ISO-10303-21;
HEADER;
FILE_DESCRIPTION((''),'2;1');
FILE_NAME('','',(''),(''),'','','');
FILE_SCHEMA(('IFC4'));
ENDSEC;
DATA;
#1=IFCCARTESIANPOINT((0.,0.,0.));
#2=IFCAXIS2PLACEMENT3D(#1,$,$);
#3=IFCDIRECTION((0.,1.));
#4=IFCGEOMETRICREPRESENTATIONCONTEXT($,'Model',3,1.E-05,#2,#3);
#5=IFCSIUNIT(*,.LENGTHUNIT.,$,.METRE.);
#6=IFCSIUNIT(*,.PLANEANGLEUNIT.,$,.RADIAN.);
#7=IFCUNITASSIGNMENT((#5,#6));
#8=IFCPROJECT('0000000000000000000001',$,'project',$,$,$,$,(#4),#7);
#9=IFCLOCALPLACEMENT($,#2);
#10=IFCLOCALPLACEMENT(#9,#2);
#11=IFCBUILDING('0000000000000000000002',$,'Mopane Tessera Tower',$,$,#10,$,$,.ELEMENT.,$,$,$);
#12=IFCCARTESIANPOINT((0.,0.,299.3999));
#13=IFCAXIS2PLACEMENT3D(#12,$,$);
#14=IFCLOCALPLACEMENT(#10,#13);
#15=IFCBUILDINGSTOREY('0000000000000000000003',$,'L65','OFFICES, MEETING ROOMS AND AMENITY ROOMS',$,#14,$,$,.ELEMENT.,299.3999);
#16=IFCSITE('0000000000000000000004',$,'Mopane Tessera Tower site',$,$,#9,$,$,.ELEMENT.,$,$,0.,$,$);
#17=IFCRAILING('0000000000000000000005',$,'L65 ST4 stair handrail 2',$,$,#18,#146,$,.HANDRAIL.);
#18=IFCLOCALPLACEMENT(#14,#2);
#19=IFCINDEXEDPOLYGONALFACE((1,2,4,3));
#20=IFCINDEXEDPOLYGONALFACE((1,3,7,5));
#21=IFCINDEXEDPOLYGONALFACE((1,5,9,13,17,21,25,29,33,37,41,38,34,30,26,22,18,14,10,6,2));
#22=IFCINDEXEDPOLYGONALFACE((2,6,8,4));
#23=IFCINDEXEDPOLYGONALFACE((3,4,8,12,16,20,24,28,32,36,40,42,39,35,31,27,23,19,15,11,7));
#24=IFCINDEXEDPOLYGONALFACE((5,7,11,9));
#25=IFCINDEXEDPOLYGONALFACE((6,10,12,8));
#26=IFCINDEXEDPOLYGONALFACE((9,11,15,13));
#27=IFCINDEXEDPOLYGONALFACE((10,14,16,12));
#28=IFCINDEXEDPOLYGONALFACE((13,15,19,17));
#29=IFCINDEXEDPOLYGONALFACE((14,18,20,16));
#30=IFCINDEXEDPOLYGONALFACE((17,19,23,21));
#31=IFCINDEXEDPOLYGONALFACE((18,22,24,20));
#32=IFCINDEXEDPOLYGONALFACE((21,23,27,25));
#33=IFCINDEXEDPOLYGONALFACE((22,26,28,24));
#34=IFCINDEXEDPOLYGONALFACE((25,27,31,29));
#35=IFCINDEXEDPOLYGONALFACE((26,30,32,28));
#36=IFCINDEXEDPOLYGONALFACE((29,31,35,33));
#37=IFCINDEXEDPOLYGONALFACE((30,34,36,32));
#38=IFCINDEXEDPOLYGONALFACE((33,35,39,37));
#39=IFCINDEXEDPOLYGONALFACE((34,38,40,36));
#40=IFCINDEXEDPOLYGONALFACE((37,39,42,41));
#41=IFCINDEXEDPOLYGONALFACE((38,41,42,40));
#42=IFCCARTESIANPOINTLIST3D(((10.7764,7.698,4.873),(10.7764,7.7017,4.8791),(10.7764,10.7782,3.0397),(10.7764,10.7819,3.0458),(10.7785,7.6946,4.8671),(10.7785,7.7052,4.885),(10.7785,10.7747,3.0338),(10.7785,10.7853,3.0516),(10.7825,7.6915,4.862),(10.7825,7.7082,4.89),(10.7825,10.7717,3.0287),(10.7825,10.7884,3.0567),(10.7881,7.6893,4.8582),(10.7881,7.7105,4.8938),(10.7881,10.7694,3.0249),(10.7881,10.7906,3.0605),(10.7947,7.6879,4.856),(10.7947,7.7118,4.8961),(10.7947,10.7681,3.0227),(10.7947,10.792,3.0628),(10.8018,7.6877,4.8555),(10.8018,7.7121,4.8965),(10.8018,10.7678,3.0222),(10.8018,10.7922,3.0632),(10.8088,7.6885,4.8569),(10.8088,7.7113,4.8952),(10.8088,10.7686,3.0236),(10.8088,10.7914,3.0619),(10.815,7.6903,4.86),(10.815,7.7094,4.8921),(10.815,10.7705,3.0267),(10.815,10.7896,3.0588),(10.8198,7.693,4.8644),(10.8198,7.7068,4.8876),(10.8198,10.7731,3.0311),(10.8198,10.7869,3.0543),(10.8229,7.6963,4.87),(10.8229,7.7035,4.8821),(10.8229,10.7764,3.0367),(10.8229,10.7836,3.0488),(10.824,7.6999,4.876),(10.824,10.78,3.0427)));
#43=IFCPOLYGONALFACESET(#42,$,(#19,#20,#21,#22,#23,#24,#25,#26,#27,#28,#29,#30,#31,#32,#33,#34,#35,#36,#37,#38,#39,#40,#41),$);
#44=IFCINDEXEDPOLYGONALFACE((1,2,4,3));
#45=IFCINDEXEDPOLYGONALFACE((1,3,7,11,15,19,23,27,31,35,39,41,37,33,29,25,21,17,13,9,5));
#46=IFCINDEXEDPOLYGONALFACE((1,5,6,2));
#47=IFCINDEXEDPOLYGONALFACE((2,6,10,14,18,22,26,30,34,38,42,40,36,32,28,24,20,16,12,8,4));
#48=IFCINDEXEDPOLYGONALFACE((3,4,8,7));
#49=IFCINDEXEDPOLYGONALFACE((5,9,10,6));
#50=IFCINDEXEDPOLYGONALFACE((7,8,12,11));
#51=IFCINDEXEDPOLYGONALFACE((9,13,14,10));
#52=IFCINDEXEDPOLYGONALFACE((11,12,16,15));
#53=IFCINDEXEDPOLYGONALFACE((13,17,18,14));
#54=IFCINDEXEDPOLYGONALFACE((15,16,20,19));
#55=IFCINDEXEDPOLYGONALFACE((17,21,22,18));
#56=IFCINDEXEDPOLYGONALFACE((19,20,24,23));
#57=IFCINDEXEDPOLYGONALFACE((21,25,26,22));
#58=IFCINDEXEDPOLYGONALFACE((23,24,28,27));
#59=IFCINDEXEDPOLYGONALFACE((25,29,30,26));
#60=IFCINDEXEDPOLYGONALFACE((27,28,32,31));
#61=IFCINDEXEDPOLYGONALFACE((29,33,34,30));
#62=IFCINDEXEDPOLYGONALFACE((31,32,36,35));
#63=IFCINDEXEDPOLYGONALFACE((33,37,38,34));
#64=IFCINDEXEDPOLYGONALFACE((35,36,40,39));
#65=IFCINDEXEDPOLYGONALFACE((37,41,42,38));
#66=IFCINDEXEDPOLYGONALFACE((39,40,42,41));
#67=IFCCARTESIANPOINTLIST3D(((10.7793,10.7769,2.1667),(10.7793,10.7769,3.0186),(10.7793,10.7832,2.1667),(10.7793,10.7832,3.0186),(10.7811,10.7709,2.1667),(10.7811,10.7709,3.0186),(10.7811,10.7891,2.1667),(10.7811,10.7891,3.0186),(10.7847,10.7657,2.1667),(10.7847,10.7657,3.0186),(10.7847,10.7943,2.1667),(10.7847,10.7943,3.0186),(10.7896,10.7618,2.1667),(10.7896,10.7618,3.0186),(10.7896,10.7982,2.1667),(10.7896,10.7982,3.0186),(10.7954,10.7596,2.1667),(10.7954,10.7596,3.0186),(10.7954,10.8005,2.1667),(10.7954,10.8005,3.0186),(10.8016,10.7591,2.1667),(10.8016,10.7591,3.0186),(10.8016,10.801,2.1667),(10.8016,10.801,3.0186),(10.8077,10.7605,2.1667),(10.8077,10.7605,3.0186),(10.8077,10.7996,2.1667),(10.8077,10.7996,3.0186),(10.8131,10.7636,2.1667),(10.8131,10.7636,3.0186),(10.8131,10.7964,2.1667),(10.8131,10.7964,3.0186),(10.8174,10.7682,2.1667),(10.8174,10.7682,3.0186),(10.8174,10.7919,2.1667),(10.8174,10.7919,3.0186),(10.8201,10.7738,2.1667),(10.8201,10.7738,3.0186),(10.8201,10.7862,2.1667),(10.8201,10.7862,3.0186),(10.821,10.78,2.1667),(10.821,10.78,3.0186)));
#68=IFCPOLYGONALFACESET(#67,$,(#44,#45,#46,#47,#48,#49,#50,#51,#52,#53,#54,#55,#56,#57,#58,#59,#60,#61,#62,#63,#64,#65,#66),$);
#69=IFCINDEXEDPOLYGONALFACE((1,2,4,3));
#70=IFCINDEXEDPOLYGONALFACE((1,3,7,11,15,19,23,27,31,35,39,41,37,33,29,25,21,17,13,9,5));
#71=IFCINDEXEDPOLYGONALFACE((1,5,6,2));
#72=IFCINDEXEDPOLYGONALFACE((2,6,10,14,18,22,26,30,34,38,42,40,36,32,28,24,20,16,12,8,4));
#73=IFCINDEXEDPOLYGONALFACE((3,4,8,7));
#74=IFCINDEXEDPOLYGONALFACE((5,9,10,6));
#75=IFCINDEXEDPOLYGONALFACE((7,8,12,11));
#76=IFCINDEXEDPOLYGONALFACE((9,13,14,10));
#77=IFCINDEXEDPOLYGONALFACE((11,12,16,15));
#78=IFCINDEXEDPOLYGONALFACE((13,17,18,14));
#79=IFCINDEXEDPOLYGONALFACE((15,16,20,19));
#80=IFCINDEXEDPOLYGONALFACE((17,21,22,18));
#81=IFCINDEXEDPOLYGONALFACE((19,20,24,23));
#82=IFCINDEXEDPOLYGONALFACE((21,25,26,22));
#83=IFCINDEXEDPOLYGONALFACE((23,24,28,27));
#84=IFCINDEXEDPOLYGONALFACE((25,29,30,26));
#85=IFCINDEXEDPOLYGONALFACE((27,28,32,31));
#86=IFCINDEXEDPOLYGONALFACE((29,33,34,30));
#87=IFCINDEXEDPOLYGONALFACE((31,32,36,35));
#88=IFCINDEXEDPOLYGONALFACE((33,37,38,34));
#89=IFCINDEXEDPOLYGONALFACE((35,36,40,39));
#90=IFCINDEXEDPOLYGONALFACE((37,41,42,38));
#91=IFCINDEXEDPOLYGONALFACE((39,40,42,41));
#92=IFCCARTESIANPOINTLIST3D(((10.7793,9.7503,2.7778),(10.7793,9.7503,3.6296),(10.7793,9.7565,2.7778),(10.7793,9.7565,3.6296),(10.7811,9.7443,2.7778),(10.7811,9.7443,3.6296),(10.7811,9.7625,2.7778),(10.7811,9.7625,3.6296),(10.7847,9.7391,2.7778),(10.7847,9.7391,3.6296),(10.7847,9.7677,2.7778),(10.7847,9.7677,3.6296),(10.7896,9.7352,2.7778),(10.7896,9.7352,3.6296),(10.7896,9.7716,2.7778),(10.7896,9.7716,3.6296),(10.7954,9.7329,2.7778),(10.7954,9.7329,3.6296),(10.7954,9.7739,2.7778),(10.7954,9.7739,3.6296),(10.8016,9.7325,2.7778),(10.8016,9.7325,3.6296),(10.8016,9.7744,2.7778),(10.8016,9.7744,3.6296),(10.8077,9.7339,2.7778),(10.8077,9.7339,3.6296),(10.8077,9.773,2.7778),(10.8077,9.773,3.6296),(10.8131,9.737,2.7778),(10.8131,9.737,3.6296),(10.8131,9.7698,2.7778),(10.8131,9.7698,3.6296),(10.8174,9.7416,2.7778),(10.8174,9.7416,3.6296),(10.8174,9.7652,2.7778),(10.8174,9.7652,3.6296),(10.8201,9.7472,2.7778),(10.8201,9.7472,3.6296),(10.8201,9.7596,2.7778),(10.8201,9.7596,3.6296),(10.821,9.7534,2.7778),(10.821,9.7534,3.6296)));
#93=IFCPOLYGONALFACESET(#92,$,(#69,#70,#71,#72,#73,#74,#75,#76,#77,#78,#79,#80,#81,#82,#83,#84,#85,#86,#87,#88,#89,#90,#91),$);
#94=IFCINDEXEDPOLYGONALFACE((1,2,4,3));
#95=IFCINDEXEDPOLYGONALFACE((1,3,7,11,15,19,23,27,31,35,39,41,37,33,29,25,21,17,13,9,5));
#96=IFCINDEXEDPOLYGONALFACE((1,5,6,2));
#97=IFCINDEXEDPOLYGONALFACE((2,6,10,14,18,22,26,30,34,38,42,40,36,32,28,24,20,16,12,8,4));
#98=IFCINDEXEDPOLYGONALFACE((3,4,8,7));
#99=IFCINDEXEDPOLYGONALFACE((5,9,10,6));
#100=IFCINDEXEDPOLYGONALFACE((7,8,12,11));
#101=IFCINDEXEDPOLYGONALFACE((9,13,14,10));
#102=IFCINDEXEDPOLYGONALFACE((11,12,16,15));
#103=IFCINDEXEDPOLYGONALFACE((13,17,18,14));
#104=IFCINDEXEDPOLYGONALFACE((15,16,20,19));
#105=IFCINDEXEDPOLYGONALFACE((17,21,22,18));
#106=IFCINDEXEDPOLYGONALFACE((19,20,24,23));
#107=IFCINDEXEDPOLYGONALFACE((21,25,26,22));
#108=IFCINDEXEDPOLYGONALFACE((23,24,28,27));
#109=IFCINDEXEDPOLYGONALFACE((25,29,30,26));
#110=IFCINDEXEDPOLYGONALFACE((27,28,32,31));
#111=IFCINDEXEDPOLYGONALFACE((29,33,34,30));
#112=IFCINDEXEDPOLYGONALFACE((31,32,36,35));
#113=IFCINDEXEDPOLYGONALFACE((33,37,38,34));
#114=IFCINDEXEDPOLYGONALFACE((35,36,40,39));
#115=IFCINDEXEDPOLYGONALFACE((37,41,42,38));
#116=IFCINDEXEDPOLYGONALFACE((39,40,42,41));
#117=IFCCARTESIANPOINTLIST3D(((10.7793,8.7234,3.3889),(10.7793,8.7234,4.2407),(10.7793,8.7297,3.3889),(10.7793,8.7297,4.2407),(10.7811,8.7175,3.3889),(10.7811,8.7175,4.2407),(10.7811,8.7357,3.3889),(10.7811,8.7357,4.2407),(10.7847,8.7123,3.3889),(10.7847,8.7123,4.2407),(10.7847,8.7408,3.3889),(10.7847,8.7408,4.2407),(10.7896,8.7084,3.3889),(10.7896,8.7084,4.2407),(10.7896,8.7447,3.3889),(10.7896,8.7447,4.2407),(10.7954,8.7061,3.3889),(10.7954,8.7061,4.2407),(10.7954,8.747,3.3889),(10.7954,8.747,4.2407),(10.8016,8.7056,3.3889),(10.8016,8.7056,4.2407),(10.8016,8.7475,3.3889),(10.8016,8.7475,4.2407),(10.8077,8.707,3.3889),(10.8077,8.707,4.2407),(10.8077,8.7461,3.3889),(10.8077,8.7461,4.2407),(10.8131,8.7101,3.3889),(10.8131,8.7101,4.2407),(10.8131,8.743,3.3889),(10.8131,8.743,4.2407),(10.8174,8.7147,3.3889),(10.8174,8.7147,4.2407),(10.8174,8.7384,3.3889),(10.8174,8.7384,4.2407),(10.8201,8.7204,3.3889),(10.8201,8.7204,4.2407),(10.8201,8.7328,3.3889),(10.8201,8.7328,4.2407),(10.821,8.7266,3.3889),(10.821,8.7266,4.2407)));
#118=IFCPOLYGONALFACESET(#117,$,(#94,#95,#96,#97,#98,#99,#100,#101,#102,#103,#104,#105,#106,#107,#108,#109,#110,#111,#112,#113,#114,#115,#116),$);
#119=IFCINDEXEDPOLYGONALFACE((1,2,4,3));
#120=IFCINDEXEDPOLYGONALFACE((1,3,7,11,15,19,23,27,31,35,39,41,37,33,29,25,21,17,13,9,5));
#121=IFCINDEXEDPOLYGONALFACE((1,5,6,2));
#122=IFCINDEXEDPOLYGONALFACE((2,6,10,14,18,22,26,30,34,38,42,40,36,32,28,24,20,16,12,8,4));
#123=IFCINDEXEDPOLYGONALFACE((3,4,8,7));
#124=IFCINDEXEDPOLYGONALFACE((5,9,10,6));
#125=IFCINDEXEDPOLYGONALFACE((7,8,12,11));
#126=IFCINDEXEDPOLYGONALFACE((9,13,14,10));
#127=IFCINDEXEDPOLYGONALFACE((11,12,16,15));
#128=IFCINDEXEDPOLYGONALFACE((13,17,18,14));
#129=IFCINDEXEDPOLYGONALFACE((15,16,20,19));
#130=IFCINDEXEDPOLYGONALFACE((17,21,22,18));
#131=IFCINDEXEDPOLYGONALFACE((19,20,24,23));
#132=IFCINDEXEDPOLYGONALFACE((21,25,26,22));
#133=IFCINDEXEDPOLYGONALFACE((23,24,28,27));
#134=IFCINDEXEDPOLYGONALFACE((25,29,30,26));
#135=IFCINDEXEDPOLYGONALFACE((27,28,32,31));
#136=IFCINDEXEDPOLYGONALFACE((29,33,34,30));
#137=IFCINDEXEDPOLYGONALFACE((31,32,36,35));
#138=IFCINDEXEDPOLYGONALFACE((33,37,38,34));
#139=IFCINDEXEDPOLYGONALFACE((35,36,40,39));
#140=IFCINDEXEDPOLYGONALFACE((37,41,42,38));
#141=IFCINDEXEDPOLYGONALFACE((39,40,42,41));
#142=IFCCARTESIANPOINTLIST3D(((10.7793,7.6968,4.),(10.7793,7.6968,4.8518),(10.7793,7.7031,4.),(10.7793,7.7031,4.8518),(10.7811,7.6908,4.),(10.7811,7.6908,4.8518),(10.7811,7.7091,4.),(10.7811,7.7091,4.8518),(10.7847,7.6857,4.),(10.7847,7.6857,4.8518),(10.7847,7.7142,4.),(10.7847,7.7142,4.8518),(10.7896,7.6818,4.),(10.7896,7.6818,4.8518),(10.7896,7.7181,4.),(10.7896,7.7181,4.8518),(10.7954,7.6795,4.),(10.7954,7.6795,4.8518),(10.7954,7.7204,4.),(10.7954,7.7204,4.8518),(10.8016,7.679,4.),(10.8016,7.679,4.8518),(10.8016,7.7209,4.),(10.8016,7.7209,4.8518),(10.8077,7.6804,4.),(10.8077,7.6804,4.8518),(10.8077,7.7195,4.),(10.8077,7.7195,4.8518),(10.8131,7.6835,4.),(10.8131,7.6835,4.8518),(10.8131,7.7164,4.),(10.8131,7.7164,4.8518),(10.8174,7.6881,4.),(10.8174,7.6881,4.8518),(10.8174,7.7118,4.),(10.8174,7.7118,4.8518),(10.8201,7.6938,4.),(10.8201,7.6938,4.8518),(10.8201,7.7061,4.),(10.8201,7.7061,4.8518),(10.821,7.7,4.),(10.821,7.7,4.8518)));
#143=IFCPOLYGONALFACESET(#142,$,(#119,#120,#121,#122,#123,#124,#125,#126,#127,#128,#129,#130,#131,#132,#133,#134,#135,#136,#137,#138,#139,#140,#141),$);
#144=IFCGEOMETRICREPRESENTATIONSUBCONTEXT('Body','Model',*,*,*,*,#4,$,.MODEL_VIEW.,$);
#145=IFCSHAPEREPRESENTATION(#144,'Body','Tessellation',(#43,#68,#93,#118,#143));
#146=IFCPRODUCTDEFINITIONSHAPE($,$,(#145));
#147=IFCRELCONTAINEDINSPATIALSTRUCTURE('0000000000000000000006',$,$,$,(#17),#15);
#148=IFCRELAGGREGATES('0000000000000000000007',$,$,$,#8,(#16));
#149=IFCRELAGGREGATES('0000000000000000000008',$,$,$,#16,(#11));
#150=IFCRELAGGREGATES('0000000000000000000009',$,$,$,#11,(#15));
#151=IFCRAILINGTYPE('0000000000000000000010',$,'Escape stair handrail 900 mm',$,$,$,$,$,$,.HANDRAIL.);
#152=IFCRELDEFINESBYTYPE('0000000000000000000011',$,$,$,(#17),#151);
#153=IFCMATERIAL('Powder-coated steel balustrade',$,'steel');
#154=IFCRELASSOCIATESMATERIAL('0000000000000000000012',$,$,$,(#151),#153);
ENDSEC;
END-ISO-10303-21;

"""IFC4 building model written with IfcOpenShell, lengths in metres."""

from ifc_helpers import new_model, si_unit, direction, frame, origin, origin_2d, place, context, subcontext, project, spatial, circle, extrude, material, type_object, element, save


model = new_model("IFC4")

# Units and contexts
model_context = context("Model", 3, precision=1e-05, world=origin(), true_north=direction((0.0, 1.0)))
body_context = subcontext(model_context, "Body", "Model", "MODEL_VIEW")
ifc_project = project(units=[si_unit("LENGTHUNIT", "METRE"), si_unit("PLANEANGLEUNIT", "RADIAN")], contexts=[model_context])

# Site, building, storey
site_placement = place(None, origin())
site = spatial("IfcSite", under=ifc_project, at=site_placement, Name="Mopane Tessera Tower site", CompositionType="ELEMENT", RefElevation=0.0)
building_placement = place(site_placement, origin())
building = spatial("IfcBuilding", under=site, at=building_placement, Name="Mopane Tessera Tower", CompositionType="ELEMENT")
storey_placement = place(building_placement, frame((0.0, 0.0, 299.3999)))
storey = spatial("IfcBuildingStorey", under=building, at=storey_placement, Name="L65", Description="OFFICES, MEETING ROOMS AND AMENITY ROOMS", CompositionType="ELEMENT", Elevation=299.3999)

# Railing
ifc_material_1 = material(Name="Powder-coated steel balustrade", Category="steel")
railing_type = type_object("IfcRailingType", Name="Escape stair handrail 900 mm", PredefinedType="HANDRAIL", material=ifc_material_1)
railing_placement = place(storey_placement, frame((10.8, 10.78, 2.1667)))
element("IfcRailing", 1, at=railing_placement, inside=storey, type_object=railing_type, Name="L65 ST4 stair handrail 2", PredefinedType="HANDRAIL", context=body_context, shape_type="SweptSolid", body=[
    extrude(circle(Radius=0.0239, at=origin_2d()), frame((0.0, 0.0, 0.876), z_axis=(0.0, -0.859309, 0.511458), x_axis=(1.0, 0.0, 0.0)), (0.0, 0.0, 1.0), 3.5845),
    extrude(circle(Radius=0.021, at=origin_2d()), origin(), (0.0, 0.0, 1.0), 0.8518),
    extrude(circle(Radius=0.021, at=origin_2d()), frame((0.0, -1.0266, 0.6111)), (0.0, 0.0, 1.0), 0.8518),
    extrude(circle(Radius=0.021, at=origin_2d()), frame((0.0, -2.0535, 1.2222)), (0.0, 0.0, 1.0), 0.8518),
    extrude(circle(Radius=0.021, at=origin_2d()), frame((0.0, -3.0801, 1.8333)), (0.0, 0.0, 1.0), 0.8518),
])

save(model, "model.ifc")
